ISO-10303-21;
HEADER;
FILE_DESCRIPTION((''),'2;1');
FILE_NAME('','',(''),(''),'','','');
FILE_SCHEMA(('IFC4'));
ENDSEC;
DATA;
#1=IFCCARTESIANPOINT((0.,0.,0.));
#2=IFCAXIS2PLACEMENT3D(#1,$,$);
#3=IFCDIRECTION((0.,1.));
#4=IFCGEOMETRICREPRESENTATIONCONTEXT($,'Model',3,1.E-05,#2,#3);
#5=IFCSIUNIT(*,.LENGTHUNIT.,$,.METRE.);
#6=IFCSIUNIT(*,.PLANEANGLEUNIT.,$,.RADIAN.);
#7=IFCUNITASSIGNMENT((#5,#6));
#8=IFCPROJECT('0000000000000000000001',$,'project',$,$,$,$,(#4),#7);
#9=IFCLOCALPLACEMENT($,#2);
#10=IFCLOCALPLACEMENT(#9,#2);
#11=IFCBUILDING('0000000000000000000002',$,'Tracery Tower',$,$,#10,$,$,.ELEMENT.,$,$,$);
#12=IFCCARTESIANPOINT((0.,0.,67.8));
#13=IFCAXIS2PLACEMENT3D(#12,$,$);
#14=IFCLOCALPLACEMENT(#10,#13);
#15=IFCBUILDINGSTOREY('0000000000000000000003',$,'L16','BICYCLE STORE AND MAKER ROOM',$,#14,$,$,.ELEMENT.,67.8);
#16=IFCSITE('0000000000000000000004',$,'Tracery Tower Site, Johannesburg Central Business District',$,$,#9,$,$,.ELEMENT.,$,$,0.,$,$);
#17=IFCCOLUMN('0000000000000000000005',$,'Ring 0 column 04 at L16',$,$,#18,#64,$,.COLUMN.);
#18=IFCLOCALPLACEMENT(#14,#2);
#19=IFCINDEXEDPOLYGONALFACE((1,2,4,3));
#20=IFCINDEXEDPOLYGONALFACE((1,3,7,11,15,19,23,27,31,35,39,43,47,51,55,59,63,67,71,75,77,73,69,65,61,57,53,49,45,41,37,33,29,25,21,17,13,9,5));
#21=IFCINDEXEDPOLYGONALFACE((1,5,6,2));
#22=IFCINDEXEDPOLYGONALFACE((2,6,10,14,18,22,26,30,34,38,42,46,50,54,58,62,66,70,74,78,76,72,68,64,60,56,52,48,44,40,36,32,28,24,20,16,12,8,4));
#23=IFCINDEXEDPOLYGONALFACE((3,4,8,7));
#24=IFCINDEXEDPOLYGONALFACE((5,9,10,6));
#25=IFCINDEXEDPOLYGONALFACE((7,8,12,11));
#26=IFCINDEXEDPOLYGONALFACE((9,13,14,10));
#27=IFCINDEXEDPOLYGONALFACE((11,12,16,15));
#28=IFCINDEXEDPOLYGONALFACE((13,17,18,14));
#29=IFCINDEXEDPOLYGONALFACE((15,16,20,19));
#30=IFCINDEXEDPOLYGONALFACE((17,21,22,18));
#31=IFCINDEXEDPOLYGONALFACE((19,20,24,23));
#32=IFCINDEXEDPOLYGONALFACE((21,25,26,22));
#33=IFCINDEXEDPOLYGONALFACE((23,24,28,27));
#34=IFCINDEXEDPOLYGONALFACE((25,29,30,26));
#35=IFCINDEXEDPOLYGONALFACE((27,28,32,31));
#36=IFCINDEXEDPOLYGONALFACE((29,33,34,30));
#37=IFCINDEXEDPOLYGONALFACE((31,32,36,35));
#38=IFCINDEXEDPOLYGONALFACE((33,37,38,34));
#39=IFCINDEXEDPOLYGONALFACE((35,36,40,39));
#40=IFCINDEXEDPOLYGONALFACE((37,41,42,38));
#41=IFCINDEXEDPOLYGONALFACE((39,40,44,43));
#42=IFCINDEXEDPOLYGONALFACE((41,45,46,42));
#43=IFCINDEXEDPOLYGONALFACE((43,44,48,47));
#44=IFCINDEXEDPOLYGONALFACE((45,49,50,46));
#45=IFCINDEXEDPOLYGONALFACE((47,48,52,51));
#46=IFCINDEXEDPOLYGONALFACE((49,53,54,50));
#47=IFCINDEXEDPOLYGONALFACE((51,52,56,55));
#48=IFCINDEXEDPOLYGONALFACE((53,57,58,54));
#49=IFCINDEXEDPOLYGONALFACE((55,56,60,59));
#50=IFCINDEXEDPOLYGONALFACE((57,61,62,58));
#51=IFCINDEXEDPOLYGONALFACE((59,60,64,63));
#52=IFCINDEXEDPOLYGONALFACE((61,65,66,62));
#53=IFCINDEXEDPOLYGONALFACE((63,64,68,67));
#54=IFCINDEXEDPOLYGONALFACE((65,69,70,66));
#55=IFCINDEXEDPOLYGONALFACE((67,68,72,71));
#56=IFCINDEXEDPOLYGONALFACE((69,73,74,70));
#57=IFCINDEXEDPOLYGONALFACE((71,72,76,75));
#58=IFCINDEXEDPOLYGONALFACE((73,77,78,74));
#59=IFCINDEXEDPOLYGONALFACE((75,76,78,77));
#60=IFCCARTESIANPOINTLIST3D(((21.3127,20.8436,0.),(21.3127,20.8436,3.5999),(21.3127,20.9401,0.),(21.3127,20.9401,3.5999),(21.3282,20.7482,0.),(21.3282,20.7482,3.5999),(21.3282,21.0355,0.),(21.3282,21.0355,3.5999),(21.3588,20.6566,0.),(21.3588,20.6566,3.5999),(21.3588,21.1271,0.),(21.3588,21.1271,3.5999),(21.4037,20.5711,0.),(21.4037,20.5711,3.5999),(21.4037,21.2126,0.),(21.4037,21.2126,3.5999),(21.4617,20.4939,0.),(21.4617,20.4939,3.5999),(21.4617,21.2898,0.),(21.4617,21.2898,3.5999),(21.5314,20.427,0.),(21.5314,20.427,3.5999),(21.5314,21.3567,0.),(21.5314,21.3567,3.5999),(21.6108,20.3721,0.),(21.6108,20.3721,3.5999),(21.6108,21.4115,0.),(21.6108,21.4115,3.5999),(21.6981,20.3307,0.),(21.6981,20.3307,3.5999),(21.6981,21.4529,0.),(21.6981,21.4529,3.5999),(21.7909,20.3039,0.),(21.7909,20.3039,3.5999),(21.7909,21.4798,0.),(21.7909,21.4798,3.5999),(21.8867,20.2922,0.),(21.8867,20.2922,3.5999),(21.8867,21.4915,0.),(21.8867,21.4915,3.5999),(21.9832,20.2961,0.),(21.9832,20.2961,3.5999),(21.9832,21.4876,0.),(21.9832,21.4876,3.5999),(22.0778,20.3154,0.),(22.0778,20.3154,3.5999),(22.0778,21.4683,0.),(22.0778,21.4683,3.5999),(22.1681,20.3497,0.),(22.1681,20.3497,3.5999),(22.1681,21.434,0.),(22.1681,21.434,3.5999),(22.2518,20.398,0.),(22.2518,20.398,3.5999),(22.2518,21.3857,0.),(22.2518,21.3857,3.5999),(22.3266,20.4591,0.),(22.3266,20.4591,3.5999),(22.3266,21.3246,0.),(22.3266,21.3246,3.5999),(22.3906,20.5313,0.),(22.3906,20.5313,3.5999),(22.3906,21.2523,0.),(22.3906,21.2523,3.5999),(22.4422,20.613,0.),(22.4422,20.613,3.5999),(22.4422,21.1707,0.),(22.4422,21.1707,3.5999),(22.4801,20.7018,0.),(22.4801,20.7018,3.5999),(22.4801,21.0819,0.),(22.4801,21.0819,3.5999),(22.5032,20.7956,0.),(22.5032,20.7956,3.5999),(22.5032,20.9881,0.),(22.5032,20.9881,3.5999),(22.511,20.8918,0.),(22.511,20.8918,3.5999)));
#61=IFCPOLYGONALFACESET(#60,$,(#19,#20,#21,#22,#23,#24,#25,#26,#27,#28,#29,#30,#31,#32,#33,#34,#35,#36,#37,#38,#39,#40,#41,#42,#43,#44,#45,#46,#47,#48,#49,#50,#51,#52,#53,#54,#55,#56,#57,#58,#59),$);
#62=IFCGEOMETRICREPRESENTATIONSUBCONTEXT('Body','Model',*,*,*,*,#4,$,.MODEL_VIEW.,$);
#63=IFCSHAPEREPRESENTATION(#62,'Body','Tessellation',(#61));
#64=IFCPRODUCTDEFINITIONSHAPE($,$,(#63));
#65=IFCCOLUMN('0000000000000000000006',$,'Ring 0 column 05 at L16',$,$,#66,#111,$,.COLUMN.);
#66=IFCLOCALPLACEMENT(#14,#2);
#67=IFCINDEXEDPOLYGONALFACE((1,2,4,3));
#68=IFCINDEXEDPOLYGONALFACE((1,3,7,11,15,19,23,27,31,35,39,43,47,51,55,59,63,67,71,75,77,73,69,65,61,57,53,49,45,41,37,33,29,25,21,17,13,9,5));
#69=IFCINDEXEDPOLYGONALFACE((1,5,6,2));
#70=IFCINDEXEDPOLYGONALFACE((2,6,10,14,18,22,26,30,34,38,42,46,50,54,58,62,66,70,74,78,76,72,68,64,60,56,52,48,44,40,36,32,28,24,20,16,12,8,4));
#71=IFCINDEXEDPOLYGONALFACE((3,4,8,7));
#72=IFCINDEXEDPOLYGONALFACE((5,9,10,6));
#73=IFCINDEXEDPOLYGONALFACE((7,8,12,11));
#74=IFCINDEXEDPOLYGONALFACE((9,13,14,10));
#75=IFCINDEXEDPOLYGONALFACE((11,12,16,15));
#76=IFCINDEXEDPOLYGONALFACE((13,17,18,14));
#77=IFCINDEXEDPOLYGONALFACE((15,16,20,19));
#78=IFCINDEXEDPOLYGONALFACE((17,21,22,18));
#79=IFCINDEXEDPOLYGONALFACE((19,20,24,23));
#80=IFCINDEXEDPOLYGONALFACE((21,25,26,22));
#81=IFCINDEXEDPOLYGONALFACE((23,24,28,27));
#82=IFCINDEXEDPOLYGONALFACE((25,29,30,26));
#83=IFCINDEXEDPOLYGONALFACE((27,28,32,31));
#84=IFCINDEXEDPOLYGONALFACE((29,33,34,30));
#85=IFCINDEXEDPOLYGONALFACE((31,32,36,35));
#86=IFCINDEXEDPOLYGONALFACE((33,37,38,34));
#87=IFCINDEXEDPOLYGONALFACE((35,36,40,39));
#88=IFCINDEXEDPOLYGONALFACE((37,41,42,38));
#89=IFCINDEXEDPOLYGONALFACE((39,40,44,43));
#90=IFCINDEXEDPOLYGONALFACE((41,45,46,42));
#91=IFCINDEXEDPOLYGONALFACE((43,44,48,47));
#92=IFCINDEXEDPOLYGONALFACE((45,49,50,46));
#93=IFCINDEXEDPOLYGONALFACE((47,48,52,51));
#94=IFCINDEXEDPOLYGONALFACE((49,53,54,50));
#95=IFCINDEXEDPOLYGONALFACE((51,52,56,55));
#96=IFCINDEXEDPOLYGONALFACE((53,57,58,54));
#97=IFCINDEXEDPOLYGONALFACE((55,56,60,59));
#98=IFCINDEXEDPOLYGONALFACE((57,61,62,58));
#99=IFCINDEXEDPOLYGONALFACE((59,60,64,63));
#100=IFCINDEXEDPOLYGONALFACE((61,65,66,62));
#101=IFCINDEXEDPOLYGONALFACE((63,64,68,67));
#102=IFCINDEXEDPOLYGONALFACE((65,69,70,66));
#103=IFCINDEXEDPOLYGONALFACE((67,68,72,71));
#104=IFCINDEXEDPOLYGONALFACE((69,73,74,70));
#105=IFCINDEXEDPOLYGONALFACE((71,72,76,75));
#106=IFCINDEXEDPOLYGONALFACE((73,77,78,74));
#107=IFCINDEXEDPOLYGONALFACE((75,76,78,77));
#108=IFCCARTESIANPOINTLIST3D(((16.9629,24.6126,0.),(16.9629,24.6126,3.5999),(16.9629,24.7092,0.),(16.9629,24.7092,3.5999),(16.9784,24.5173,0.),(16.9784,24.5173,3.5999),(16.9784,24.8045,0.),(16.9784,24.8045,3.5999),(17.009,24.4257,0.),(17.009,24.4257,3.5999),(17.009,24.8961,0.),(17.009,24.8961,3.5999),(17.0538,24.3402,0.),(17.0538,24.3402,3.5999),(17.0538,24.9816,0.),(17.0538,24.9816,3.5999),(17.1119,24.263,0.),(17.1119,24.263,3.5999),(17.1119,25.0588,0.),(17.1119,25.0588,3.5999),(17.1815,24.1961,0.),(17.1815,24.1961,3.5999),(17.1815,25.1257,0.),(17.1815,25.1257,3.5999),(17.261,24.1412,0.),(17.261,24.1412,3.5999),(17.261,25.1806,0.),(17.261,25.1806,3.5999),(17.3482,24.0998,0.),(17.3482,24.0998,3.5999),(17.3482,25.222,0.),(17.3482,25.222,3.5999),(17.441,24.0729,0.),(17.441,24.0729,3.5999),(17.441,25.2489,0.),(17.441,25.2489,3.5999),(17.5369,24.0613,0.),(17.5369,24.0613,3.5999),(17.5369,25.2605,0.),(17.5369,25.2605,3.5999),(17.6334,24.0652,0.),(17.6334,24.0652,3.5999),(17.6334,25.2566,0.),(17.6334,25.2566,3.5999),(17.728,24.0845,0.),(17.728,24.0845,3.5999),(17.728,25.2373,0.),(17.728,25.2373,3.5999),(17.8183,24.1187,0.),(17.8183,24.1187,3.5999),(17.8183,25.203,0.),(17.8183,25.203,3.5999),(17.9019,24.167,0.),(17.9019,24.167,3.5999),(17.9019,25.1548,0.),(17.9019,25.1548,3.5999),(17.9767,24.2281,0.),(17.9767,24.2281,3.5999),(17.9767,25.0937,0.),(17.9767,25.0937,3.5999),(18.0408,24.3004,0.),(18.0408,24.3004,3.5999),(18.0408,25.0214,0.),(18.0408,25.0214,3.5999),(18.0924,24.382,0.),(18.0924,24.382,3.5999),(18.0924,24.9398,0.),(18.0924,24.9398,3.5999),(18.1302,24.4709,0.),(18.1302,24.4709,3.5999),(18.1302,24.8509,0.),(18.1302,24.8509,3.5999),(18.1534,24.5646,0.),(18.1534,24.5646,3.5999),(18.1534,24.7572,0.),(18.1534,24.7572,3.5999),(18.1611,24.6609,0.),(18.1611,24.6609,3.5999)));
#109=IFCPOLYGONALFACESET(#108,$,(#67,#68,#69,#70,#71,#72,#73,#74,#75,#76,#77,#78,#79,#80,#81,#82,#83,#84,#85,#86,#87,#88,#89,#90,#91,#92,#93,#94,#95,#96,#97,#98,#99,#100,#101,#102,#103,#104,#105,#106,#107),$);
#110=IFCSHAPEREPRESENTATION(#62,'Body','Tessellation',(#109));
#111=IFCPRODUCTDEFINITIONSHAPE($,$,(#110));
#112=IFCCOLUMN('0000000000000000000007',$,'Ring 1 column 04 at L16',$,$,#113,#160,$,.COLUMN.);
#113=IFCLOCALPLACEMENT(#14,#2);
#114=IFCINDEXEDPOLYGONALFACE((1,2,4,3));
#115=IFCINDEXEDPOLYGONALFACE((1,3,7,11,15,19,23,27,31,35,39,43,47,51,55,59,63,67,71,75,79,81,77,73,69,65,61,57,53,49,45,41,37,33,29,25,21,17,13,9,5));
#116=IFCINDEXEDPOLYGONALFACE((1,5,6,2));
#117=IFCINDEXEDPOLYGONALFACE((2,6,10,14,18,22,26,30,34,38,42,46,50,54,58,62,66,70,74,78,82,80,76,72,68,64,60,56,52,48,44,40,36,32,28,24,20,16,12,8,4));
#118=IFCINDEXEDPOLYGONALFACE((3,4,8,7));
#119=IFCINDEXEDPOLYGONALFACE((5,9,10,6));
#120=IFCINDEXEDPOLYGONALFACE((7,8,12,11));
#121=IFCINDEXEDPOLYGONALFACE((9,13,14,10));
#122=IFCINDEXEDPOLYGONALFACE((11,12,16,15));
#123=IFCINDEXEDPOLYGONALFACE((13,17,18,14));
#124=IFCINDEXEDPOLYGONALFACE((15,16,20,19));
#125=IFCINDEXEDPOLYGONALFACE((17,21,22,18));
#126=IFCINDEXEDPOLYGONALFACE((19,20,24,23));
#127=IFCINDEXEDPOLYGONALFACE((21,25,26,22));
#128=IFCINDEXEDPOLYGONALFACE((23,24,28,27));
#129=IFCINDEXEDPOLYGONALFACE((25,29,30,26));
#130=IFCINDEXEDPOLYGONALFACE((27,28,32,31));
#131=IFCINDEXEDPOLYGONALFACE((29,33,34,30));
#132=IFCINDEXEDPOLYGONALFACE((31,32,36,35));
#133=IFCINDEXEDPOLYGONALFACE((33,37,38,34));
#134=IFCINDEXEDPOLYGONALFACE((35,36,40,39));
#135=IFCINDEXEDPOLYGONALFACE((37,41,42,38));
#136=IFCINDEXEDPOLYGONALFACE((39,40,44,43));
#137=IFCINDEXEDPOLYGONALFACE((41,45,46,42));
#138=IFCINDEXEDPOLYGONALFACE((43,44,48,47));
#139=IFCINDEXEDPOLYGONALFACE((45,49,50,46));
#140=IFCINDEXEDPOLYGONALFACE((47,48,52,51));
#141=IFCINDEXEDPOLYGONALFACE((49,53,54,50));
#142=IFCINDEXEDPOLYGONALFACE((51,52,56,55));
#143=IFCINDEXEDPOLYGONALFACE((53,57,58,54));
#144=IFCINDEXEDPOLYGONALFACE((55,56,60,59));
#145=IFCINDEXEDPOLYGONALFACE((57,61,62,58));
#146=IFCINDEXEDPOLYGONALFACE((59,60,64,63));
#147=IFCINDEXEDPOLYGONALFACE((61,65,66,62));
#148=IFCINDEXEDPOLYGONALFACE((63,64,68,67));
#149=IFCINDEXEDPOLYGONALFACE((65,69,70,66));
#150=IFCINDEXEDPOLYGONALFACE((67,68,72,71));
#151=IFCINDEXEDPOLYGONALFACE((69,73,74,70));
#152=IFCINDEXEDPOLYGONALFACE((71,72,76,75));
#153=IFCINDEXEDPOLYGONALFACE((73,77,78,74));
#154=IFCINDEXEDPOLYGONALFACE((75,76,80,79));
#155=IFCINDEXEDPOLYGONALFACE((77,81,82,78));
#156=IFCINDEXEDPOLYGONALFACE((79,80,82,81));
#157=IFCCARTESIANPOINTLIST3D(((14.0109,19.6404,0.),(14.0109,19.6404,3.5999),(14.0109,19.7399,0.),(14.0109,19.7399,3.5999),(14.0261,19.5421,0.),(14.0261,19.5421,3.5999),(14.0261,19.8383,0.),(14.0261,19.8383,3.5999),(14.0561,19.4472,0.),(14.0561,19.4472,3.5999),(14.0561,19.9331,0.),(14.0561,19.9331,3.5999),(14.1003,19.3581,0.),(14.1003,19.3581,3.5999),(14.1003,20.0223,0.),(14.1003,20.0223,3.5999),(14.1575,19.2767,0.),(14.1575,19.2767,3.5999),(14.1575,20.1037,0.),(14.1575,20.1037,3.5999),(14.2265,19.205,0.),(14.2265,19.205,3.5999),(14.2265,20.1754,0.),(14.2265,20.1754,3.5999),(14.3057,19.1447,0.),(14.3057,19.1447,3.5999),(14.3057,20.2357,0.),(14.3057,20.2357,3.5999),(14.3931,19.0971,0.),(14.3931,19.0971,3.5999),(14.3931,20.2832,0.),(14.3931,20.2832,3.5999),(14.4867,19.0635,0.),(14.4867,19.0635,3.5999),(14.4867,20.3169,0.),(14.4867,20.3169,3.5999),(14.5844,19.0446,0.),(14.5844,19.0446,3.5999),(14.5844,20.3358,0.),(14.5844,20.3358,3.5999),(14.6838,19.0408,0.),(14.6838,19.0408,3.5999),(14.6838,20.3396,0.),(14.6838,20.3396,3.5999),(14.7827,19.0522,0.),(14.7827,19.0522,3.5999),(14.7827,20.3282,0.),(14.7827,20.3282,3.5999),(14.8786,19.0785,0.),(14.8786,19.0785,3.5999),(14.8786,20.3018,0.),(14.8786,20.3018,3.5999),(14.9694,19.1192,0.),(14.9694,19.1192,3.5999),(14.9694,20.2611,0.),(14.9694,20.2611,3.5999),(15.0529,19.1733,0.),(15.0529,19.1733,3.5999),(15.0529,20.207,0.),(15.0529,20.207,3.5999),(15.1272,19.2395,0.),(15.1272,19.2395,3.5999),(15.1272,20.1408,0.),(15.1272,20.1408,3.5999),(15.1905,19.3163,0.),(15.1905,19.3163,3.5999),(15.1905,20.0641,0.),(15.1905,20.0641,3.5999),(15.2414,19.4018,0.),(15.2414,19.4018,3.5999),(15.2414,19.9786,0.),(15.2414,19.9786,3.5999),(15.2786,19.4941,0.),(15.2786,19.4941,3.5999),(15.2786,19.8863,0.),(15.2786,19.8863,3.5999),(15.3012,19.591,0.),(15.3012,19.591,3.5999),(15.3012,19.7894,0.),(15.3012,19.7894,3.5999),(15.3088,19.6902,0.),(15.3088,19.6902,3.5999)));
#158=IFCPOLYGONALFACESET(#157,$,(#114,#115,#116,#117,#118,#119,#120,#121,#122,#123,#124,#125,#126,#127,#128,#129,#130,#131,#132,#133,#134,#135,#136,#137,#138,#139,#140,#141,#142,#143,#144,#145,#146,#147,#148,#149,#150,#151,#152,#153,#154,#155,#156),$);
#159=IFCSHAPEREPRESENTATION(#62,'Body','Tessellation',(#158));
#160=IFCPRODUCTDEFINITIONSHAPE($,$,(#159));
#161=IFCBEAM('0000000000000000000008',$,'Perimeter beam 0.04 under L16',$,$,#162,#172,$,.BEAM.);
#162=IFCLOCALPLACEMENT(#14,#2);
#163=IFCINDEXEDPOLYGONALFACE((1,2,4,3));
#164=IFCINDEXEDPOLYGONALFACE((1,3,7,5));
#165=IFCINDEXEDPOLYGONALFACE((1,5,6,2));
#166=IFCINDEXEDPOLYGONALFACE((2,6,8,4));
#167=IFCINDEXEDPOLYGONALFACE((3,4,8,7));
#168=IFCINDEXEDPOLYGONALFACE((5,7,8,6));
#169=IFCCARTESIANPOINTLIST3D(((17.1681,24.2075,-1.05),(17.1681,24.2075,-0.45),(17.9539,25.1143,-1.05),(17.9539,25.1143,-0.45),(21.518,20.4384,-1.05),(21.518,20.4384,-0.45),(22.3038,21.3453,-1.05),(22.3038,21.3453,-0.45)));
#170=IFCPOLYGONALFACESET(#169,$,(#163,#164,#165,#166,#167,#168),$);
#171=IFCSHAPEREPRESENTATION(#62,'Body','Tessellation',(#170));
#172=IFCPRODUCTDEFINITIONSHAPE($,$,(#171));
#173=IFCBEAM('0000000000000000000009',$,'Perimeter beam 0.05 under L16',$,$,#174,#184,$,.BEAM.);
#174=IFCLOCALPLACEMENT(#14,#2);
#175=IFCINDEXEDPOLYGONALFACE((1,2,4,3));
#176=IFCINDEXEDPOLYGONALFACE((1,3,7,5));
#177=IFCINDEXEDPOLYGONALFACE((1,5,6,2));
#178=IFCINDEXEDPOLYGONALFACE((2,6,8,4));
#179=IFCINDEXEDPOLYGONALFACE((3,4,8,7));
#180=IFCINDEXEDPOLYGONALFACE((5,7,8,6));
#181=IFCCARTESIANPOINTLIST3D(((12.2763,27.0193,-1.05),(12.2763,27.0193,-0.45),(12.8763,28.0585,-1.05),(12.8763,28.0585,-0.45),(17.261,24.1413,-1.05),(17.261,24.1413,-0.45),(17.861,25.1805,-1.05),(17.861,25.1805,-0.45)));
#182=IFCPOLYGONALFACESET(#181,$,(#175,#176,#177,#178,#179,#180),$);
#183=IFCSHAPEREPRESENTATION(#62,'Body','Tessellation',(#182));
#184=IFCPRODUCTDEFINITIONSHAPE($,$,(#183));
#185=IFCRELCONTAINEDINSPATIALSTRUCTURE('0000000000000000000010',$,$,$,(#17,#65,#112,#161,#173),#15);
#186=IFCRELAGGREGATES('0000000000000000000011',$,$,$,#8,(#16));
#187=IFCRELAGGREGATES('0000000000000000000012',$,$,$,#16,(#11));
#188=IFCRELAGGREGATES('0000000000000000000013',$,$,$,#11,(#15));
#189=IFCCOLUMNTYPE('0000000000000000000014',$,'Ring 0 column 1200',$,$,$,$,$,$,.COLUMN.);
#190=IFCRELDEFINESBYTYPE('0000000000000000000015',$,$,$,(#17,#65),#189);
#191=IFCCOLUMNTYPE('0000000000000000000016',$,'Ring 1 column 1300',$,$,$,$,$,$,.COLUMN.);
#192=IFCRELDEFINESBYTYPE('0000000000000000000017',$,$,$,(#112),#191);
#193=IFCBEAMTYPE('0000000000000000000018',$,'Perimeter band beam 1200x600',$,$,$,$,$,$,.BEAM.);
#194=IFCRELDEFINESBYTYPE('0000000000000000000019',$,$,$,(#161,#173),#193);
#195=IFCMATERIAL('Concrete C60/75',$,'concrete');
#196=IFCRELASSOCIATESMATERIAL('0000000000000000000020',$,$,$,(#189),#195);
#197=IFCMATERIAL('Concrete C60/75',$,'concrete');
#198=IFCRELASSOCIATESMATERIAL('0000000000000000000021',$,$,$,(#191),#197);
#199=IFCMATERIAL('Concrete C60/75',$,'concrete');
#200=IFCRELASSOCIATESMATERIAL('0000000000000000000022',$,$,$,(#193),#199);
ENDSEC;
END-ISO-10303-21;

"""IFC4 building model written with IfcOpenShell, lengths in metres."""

from ifc_helpers import new_model, si_unit, direction, frame, origin, origin_2d, place, context, subcontext, project, spatial, rectangle, circle, extrude, material, material_profile, profile_set, type_object, element, save


model = new_model("IFC4")

# Units and contexts
model_context = context("Model", 3, precision=1e-05, world=origin(), true_north=direction((0.0, 1.0)))
body_context = subcontext(model_context, "Body", "Model", "MODEL_VIEW")
ifc_project = project(units=[si_unit("LENGTHUNIT", "METRE"), si_unit("PLANEANGLEUNIT", "RADIAN")], contexts=[model_context])

# Site, building, storey
site_placement = place(None, origin())
site = spatial("IfcSite", under=ifc_project, at=site_placement, Name="Tracery Tower Site, Johannesburg Central Business District", CompositionType="ELEMENT", RefElevation=0.0)
building_placement = place(site_placement, origin())
building = spatial("IfcBuilding", under=site, at=building_placement, Name="Tracery Tower", CompositionType="ELEMENT")
storey_placement = place(building_placement, frame((0.0, 0.0, 67.8)))
storey = spatial("IfcBuildingStorey", under=building, at=storey_placement, Name="L16", Description="BICYCLE STORE AND MAKER ROOM", CompositionType="ELEMENT", Elevation=67.8)

# Columns
ifc_material_1 = material(Name="Concrete C60/75", Category="concrete")
ifc_material_profile_1 = material_profile(ifc_material_1, circle(Radius=0.6001, at=origin_2d()), Name="RC D1200")
ifc_profile_set_1 = profile_set([ifc_material_profile_1], Name="Concrete C60/75")
column_type_1 = type_object("IfcColumnType", Name="Ring 0 column 1200", PredefinedType="COLUMN", material=ifc_profile_set_1)
for number, where, z_axis, x_axis, name in (
    (1, (21.9109, 20.8918, 0.0), (0.0, 0.0, 1.0), (1.0, 0.0, 0.0), "Ring 0 column 04 at L16"),
    (2, (17.561, 24.6609, 0.0), (0.0, 0.0, 1.0), (1.0, 0.0, 0.0), "Ring 0 column 05 at L16"),
):
    element("IfcColumn", number, at=place(storey_placement, frame(where, z_axis=z_axis, x_axis=x_axis)), inside=storey, type_object=column_type_1, Name=name, PredefinedType="COLUMN", context=body_context, shape_type="SweptSolid", body=[
        extrude(circle(Radius=0.6001, at=origin_2d()), origin(), (0.0, 0.0, 1.0), 3.5999),
    ])
ifc_material_2 = material(Name="Concrete C60/75", Category="concrete")
ifc_material_profile_2 = material_profile(ifc_material_2, circle(Radius=0.6499, at=origin_2d()), Name="RC D1300")
ifc_profile_set_2 = profile_set([ifc_material_profile_2], Name="Concrete C60/75")
column_type_2 = type_object("IfcColumnType", Name="Ring 1 column 1300", PredefinedType="COLUMN", material=ifc_profile_set_2)
column_placement = place(storey_placement, frame((14.6589, 19.6902, 0.0), z_axis=(0.0, 0.0, 1.0), x_axis=(1.0, 0.0, 0.0)))
element("IfcColumn", 3, at=column_placement, inside=storey, type_object=column_type_2, Name="Ring 1 column 04 at L16", PredefinedType="COLUMN", context=body_context, shape_type="SweptSolid", body=[
    extrude(circle(Radius=0.6499, at=origin_2d()), origin(), (0.0, 0.0, 1.0), 3.5999),
])

# Beams
ifc_material_3 = material(Name="Concrete C60/75", Category="concrete")
ifc_material_profile_3 = material_profile(ifc_material_3, rectangle(XDim=1.2, YDim=0.6001, at=origin_2d()), Name="RC 1200x600")
ifc_profile_set_3 = profile_set([ifc_material_profile_3], Name="Concrete C60/75")
beam_type = type_object("IfcBeamType", Name="Perimeter band beam 1200x600", PredefinedType="BEAM", material=ifc_profile_set_3)
beam_1_placement = place(storey_placement, frame((21.9109, 20.8918, -0.75), z_axis=(-0.75576, 0.654848, 0.0), x_axis=(-0.654848, -0.75576, 0.0)))
element("IfcBeam", 4, at=beam_1_placement, inside=storey, type_object=beam_type, Name="Perimeter beam 0.04 under L16", PredefinedType="BEAM", context=body_context, shape_type="SweptSolid", body=[
    extrude(rectangle(XDim=1.2, YDim=0.6001, at=origin_2d()), origin(), (0.0, 0.0, 1.0), 5.7556),
])
beam_2_placement = place(storey_placement, frame((17.561, 24.6609, -0.75), z_axis=(-0.866021, 0.500008, 0.0), x_axis=(-0.500008, -0.866021, 0.0)))
element("IfcBeam", 5, at=beam_2_placement, inside=storey, type_object=beam_type, Name="Perimeter beam 0.05 under L16", PredefinedType="BEAM", context=body_context, shape_type="SweptSolid", body=[
    extrude(rectangle(XDim=1.2, YDim=0.6001, at=origin_2d()), origin(), (0.0, 0.0, 1.0), 5.7559),
])

save(model, "model.ifc")
